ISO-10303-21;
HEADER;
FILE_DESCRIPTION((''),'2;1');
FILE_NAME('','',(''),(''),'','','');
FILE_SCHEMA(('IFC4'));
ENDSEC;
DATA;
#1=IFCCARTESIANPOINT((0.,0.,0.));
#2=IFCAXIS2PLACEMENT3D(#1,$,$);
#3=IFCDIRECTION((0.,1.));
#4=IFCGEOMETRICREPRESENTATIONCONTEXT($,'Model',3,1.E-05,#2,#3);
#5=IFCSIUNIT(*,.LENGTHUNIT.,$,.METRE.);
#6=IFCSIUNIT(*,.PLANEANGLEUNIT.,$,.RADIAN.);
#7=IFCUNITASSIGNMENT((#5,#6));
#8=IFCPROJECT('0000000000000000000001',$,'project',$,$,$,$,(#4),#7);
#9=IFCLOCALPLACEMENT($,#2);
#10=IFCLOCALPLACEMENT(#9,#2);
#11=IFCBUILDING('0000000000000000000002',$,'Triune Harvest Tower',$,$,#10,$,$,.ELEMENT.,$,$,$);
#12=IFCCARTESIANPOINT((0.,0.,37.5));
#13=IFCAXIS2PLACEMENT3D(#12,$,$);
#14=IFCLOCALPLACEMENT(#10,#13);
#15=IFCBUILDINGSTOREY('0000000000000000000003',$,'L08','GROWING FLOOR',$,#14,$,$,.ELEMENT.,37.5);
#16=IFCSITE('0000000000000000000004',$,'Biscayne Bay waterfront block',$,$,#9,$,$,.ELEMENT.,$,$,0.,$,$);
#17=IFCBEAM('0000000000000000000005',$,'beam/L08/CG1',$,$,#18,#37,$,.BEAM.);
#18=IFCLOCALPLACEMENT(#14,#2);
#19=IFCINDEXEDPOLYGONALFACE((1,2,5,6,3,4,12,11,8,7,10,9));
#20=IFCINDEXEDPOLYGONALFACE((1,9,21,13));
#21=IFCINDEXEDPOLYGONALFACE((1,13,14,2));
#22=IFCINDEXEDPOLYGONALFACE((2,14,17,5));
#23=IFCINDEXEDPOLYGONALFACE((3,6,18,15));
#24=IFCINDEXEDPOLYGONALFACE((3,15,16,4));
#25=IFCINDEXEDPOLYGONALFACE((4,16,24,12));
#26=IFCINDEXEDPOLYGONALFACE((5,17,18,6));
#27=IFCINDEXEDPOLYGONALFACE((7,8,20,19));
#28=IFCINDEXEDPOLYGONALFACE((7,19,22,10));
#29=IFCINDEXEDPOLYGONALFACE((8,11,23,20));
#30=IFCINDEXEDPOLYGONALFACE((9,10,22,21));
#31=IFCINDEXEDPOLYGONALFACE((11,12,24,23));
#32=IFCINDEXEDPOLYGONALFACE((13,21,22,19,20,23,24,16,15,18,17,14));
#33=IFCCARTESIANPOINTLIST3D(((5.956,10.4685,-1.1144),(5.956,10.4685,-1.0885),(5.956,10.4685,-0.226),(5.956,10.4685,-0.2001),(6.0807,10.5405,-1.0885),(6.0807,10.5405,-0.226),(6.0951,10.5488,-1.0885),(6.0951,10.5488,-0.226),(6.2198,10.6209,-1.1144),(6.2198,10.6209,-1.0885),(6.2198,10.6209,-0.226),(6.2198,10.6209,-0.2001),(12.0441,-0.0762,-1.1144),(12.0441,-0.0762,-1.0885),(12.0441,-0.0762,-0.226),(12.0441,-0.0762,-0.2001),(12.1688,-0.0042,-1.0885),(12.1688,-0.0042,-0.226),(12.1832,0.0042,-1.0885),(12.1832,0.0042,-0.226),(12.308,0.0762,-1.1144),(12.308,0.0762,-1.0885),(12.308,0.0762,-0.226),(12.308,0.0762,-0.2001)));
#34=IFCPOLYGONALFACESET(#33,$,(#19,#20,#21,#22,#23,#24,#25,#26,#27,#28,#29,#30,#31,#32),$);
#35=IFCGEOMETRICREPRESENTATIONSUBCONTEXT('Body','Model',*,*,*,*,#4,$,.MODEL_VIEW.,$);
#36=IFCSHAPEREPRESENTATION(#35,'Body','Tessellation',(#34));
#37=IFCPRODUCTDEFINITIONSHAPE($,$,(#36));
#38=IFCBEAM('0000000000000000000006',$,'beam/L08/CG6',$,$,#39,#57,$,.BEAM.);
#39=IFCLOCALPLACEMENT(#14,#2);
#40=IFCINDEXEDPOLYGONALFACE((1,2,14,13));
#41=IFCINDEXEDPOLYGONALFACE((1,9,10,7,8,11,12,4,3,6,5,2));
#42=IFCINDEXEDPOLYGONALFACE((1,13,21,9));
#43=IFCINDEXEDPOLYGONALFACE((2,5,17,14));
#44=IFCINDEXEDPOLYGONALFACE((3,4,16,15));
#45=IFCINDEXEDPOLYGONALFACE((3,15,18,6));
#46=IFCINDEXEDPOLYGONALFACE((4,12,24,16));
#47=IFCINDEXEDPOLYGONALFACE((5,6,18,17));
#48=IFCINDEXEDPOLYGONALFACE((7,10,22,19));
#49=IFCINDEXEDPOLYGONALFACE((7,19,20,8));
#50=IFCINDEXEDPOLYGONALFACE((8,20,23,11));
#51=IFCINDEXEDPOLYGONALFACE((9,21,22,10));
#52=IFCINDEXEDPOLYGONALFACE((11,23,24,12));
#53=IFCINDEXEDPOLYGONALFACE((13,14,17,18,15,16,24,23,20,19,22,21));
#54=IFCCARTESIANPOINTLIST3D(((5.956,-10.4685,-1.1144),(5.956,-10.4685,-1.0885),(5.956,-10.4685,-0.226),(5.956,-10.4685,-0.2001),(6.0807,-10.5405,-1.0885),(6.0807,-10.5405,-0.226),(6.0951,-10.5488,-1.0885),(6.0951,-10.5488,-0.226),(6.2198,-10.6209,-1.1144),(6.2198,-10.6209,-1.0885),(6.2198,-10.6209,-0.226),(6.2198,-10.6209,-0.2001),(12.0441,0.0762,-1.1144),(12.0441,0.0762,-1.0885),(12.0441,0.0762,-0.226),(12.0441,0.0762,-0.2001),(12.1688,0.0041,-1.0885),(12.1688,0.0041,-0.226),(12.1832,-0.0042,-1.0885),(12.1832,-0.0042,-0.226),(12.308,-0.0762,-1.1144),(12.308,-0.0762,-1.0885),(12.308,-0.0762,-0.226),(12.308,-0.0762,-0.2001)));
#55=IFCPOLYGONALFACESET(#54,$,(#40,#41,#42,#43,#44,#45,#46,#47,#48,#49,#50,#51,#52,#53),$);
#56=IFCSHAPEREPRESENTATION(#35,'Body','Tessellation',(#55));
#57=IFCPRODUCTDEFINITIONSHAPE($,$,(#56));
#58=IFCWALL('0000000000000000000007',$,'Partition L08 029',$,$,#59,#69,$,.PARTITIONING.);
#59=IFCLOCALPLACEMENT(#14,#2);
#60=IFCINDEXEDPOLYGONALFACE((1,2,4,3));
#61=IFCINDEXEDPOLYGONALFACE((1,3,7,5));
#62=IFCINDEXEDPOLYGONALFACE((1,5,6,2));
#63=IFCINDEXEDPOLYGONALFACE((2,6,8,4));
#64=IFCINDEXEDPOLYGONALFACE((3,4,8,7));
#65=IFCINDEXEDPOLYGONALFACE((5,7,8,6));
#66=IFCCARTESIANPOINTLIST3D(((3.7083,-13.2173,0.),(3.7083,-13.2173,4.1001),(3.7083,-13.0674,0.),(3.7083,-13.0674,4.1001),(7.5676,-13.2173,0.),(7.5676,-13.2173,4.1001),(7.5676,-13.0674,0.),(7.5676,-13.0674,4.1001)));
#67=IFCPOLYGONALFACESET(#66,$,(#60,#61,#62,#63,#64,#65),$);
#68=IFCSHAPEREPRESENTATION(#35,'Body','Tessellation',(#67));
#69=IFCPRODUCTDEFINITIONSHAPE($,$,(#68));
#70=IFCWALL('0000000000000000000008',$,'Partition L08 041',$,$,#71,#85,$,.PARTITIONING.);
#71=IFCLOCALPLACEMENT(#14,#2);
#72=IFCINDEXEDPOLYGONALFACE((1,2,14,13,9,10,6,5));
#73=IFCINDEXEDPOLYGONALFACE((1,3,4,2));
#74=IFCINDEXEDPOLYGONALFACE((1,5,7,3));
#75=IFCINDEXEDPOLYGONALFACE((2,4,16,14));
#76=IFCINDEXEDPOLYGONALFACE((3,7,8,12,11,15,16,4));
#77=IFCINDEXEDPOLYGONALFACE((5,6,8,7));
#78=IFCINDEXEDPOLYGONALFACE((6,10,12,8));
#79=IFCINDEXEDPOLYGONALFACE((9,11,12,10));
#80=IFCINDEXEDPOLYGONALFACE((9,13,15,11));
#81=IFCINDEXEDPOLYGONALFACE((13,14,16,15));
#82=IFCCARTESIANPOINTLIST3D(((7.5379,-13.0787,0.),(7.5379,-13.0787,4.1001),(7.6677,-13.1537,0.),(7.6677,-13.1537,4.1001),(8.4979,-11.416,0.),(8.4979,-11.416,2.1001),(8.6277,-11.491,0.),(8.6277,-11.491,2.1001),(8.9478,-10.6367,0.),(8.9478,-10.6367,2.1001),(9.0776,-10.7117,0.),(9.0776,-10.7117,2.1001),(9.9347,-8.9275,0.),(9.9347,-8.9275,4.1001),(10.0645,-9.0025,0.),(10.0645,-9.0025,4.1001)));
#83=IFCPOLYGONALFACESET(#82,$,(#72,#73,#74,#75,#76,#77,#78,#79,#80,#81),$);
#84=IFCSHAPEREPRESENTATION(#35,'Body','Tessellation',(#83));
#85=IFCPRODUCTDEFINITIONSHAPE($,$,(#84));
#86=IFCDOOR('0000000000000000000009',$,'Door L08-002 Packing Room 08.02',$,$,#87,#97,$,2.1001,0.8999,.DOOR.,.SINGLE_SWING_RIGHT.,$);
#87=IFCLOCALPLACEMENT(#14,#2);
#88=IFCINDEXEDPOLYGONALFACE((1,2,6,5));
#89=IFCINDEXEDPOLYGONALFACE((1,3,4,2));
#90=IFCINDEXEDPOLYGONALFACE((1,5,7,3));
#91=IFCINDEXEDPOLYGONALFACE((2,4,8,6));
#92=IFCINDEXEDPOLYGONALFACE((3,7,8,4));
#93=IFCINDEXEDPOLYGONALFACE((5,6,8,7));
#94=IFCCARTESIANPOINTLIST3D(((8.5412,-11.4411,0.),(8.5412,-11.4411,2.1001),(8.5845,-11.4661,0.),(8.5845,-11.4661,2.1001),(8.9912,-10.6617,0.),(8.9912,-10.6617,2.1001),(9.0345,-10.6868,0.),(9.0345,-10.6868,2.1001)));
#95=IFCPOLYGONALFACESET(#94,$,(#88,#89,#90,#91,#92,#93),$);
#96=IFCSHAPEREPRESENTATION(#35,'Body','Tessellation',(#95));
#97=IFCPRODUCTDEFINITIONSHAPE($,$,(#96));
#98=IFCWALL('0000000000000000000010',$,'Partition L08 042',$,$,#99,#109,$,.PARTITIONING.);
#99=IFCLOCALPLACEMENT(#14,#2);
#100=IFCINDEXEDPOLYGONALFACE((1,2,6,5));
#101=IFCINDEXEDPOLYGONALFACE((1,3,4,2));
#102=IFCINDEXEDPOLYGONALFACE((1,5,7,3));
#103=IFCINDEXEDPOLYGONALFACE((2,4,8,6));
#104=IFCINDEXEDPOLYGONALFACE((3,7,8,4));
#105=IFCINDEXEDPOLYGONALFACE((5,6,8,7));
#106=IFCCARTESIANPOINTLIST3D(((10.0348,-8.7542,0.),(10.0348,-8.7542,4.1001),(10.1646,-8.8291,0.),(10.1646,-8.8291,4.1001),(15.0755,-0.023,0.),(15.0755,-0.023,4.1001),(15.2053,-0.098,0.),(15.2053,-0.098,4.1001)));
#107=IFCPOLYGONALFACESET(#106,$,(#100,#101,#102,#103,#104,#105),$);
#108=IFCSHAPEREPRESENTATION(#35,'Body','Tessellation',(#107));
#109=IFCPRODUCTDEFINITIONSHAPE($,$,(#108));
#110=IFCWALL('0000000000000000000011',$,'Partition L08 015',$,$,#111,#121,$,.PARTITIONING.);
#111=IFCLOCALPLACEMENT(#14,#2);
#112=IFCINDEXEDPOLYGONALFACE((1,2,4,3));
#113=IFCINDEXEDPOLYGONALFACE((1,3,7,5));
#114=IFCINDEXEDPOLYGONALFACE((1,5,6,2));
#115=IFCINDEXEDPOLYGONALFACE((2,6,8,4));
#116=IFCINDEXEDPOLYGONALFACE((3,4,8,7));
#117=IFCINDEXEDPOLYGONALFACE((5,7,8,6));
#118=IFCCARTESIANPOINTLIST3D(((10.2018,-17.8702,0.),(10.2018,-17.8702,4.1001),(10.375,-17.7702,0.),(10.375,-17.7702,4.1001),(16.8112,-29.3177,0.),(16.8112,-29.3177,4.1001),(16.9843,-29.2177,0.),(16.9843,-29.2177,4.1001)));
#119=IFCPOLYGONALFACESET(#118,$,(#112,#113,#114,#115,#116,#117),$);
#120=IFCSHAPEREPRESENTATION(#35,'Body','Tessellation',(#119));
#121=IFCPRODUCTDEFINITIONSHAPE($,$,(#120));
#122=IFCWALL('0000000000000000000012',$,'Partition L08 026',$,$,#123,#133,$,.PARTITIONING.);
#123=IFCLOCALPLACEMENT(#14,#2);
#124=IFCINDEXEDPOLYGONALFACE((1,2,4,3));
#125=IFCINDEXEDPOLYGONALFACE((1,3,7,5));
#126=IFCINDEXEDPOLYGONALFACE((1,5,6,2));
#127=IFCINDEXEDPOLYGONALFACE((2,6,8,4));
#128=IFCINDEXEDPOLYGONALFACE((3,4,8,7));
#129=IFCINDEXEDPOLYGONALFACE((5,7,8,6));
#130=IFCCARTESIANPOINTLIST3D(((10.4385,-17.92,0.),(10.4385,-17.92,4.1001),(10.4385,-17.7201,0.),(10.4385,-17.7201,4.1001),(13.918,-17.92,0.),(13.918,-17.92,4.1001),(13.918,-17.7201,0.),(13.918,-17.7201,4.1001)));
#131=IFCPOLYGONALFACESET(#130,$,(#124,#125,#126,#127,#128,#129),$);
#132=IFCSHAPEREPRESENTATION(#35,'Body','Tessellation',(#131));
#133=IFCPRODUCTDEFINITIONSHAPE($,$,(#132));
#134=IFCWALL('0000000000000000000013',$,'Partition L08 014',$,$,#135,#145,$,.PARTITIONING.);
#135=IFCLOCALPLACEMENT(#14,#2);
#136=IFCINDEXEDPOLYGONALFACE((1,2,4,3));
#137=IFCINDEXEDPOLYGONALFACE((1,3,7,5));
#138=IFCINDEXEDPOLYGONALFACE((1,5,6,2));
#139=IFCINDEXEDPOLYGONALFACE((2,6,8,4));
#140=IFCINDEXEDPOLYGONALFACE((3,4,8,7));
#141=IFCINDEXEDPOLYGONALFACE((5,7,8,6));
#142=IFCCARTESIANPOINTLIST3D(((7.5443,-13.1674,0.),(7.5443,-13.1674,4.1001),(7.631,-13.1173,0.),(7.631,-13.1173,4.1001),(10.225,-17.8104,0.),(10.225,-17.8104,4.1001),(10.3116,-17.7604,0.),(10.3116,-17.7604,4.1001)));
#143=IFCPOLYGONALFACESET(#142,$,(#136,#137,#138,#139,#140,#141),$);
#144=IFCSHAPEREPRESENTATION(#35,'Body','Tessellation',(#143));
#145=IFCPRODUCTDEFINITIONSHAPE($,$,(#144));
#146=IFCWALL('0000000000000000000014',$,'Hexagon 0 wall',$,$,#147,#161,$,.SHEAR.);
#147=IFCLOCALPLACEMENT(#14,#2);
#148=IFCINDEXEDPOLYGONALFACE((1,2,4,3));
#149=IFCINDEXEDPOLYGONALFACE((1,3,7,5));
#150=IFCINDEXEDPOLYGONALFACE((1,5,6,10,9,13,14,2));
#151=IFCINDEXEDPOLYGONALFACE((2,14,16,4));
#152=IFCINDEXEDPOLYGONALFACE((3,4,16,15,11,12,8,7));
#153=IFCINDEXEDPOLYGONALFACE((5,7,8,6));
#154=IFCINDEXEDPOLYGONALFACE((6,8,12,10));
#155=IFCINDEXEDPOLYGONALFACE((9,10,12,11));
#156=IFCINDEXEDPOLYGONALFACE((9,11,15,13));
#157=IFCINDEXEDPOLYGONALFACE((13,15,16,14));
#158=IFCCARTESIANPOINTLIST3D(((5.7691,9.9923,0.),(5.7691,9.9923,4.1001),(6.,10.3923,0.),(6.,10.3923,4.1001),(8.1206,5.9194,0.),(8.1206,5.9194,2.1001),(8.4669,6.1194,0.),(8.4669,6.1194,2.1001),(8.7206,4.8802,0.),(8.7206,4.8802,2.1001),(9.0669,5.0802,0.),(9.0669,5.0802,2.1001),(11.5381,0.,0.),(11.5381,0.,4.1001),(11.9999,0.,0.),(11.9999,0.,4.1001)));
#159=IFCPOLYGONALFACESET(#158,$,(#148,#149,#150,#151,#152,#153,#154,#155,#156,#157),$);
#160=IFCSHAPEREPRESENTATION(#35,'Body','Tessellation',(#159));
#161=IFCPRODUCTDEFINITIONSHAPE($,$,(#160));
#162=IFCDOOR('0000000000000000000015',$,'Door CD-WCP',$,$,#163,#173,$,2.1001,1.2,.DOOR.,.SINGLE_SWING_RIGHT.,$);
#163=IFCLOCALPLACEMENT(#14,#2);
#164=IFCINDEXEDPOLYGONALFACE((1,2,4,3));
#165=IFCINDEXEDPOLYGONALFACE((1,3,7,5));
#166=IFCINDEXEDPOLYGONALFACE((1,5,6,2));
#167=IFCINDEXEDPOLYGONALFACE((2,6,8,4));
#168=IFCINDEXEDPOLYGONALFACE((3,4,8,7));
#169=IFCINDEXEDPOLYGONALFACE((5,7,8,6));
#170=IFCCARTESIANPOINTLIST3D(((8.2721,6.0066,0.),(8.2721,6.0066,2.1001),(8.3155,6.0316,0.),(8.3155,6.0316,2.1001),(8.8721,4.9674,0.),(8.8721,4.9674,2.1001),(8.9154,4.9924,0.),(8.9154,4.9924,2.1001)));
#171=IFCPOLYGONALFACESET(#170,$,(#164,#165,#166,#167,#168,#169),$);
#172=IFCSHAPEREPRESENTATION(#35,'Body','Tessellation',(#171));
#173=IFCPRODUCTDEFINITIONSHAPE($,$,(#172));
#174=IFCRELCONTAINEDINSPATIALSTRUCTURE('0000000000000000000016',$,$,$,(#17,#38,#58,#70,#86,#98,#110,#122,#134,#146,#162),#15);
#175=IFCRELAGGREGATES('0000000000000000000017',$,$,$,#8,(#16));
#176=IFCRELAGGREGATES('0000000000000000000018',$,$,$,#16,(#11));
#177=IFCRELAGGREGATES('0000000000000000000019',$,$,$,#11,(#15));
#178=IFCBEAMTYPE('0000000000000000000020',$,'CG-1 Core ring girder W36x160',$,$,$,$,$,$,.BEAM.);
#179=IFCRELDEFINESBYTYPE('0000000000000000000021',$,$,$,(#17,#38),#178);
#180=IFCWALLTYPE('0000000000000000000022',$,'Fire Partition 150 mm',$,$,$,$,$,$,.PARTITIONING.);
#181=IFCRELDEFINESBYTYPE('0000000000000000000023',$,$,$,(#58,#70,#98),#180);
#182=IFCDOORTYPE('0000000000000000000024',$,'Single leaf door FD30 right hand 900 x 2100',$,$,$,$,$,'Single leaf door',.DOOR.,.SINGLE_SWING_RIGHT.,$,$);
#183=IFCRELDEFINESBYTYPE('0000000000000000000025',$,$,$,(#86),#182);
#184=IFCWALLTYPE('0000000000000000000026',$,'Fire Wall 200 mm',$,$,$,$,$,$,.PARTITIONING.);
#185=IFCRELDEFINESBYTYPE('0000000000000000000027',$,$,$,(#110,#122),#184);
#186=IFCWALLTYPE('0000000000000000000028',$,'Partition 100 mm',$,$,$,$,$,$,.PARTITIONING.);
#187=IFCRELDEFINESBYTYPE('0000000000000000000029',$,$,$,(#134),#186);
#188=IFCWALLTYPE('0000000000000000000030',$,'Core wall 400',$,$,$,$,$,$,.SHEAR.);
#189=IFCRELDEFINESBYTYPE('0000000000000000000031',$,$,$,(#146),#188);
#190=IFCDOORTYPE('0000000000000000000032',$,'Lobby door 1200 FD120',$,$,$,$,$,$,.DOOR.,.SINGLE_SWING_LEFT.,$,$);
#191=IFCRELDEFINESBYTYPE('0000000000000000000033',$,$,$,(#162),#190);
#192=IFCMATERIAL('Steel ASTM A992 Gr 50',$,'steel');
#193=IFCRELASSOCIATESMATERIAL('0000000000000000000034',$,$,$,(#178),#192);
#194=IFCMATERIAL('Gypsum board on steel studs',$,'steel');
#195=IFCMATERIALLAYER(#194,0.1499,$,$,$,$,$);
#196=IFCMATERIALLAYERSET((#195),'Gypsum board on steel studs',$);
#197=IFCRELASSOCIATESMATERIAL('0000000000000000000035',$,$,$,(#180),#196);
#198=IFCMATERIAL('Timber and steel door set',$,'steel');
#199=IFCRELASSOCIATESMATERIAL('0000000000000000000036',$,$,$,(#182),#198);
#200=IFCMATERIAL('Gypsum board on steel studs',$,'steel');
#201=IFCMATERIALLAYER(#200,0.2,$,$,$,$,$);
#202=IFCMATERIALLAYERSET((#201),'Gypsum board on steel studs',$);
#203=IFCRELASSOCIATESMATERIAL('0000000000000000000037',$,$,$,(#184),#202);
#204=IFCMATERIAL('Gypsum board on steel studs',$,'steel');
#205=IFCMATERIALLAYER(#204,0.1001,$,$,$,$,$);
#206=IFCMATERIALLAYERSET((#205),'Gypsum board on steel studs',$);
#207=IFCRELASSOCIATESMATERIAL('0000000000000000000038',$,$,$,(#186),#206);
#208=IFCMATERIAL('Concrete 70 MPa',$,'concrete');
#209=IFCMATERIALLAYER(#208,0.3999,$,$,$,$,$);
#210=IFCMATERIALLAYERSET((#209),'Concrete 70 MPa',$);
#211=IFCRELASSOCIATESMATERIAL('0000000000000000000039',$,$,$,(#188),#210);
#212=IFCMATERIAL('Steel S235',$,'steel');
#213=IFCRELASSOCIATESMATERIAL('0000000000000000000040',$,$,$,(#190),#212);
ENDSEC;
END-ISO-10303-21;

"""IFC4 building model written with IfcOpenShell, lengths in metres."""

from ifc_helpers import new_model, si_unit, direction, frame, frame_2d, origin, origin_2d, place, context, subcontext, project, spatial, polyline, rectangle, i_section, outline, extrude, source, transform, mapped, material, layer, layer_set, material_profile, profile_set, type_object, element, fill, save


model = new_model("IFC4")

# Units and contexts
model_context = context("Model", 3, precision=1e-05, world=origin(), true_north=direction((0.0, 1.0)))
body_context = subcontext(model_context, "Body", "Model", "MODEL_VIEW")
ifc_project = project(units=[si_unit("LENGTHUNIT", "METRE"), si_unit("PLANEANGLEUNIT", "RADIAN")], contexts=[model_context])

# Site, building, storey
site_placement = place(None, origin())
site = spatial("IfcSite", under=ifc_project, at=site_placement, Name="Biscayne Bay waterfront block", CompositionType="ELEMENT", RefElevation=0.0)
building_placement = place(site_placement, origin())
building = spatial("IfcBuilding", under=site, at=building_placement, Name="Triune Harvest Tower", CompositionType="ELEMENT")
storey_placement = place(building_placement, frame((0.0, 0.0, 37.5)))
storey = spatial("IfcBuildingStorey", under=building, at=storey_placement, Name="L08", Description="GROWING FLOOR", CompositionType="ELEMENT", Elevation=37.5)

# Beams
ifc_material_1 = material(Name="Steel ASTM A992 Gr 50", Category="steel")
ifc_material_profile = material_profile(ifc_material_1, i_section(OverallWidth=0.3047, OverallDepth=0.9143, WebThickness=0.0166, FlangeThickness=0.0259, at=origin_2d()), Name="W36x160")
ifc_profile_set = profile_set([ifc_material_profile], Name="Steel ASTM A992 Gr 50")
beam_type = type_object("IfcBeamType", Name="CG-1 Core ring girder W36x160", PredefinedType="BEAM", material=ifc_profile_set)
shared_shape_1 = source(origin(), body_context, "Body", "SweptSolid", [
    extrude(i_section(OverallWidth=0.3047, OverallDepth=0.9143, WebThickness=0.0166, FlangeThickness=0.0259, at=origin_2d()), origin(), (0.0, 0.0, 1.0), 12.176),
])
for number, where, z_axis, x_axis, name in (
    (1, (12.176, 0.0, -0.6572), (-0.50001, 0.86602, 0.0), (-0.86602, -0.50001, 0.0), "beam/L08/CG1"),
    (2, (6.0879, -10.5447, -0.6572), (0.50001, 0.86602, 0.0), (-0.86602, 0.50001, 0.0), "beam/L08/CG6"),
):
    element("IfcBeam", number, at=place(storey_placement, frame(where, z_axis=z_axis, x_axis=x_axis)), inside=storey, type_object=beam_type, Name=name, PredefinedType="BEAM", context=body_context, shape_type="MappedRepresentation", body=[
        mapped(shared_shape_1, transform((0.0, 0.0, 0.0), scale=1.0)),
    ])

# Wall
ifc_material_2 = material(Name="Gypsum board on steel studs", Category="steel")
ifc_layer_1 = layer(ifc_material_2, 0.1499)
ifc_layer_set_1 = layer_set([ifc_layer_1], Name="Gypsum board on steel studs")
wall_type_1 = type_object("IfcWallType", Name="Fire Partition 150 mm", PredefinedType="PARTITIONING", material=ifc_layer_set_1)
wall_1_placement = place(storey_placement, frame((3.7083, -13.1423, 0.0), z_axis=(0.0, 0.0, 1.0), x_axis=(1.0, 0.0, 0.0)))
element("IfcWall", 3, at=wall_1_placement, inside=storey, type_object=wall_type_1, Name="Partition L08 029", PredefinedType="PARTITIONING", context=body_context, shape_type="SweptSolid", body=[
    extrude(rectangle(XDim=3.8594, YDim=0.1499, at=frame_2d((1.9297, 0.0))), origin(), (0.0, 0.0, 1.0), 4.1001),
])

# Wall, opening, door
wall_2_placement = place(storey_placement, frame((7.6028, -13.1162, 0.0), z_axis=(0.0, 0.0, 1.0), x_axis=(0.500012, 0.866018, 0.0)))
wall_2 = element("IfcWall", 4, at=wall_2_placement, inside=storey, type_object=wall_type_1, Name="Partition L08 041", PredefinedType="PARTITIONING", context=body_context, shape_type="SweptSolid", body=[
    extrude(rectangle(XDim=4.7935, YDim=0.1499, at=frame_2d((2.3967, 0.0))), origin(), (0.0, 0.0, 1.0), 4.1001),
])
opening_1_placement = place(wall_2_placement, frame((1.9199, 0.0, 0.0)))
opening_1 = element("IfcOpeningElement", 5, at=opening_1_placement, cuts=wall_2, PredefinedType="OPENING", context=body_context, shape_type="SweptSolid", body=[
    extrude(rectangle(XDim=0.8999, YDim=2.1001, at=frame_2d((0.45, 1.05))), frame((0.0, 0.085, 0.0), z_axis=(0.0, -1.0, 0.0), x_axis=(1.0, 0.0, 0.0)), (0.0, 0.0, 1.0), 0.1699),
])
ifc_material_3 = material(Name="Timber and steel door set", Category="steel")
door_type_1 = type_object("IfcDoorType", Name="Single leaf door FD30 right hand 900 x 2100", ElementType="Single leaf door", OperationType="SINGLE_SWING_RIGHT", PredefinedType="DOOR", material=ifc_material_3)
door_1_placement = place(opening_1_placement, origin())
door_1 = element("IfcDoor", 6, at=door_1_placement, inside=storey, type_object=door_type_1, Name="Door L08-002 Packing Room 08.02", OperationType="SINGLE_SWING_RIGHT", OverallHeight=2.1001, OverallWidth=0.8999, PredefinedType="DOOR", context=body_context, shape_type="SweptSolid", body=[
    extrude(rectangle(XDim=0.8999, YDim=2.1001, at=frame_2d((0.45, 1.05))), frame((0.0, 0.0249, 0.0), z_axis=(0.0, -1.0, 0.0), x_axis=(1.0, 0.0, 0.0)), (0.0, 0.0, 1.0), 0.05),
])
fill(opening_1, door_1)

# Walls
wall_3_placement = place(storey_placement, frame((10.0996, -8.7917, 0.0), z_axis=(0.0, 0.0, 1.0), x_axis=(0.499986, 0.866034, 0.0)))
element("IfcWall", 7, at=wall_3_placement, inside=storey, type_object=wall_type_1, Name="Partition L08 042", PredefinedType="PARTITIONING", context=body_context, shape_type="SweptSolid", body=[
    extrude(rectangle(XDim=10.0818, YDim=0.1499, at=frame_2d((5.041, 0.0))), origin(), (0.0, 0.0, 1.0), 4.1001),
])
ifc_material_4 = material(Name="Gypsum board on steel studs", Category="steel")
ifc_layer_2 = layer(ifc_material_4, 0.2)
ifc_layer_set_2 = layer_set([ifc_layer_2], Name="Gypsum board on steel studs")
wall_type_2 = type_object("IfcWallType", Name="Fire Wall 200 mm", PredefinedType="PARTITIONING", material=ifc_layer_set_2)
wall_4_placement = place(storey_placement, frame((10.2883, -17.8201, 0.0), z_axis=(0.0, 0.0, 1.0), x_axis=(0.500009, -0.86602, 0.0)))
element("IfcWall", 8, at=wall_4_placement, inside=storey, type_object=wall_type_2, Name="Partition L08 015", PredefinedType="PARTITIONING", context=body_context, shape_type="SweptSolid", body=[
    extrude(rectangle(XDim=13.2185, YDim=0.2, at=frame_2d((6.6094, 0.0))), origin(), (0.0, 0.0, 1.0), 4.1001),
])
wall_5_placement = place(storey_placement, frame((10.4385, -17.8201, 0.0), z_axis=(0.0, 0.0, 1.0), x_axis=(1.0, 0.0, 0.0)))
element("IfcWall", 9, at=wall_5_placement, inside=storey, type_object=wall_type_2, Name="Partition L08 026", PredefinedType="PARTITIONING", context=body_context, shape_type="SweptSolid", body=[
    extrude(rectangle(XDim=3.4795, YDim=0.2, at=frame_2d((1.7397, 0.0))), origin(), (0.0, 0.0, 1.0), 4.1001),
])
ifc_material_5 = material(Name="Gypsum board on steel studs", Category="steel")
ifc_layer_3 = layer(ifc_material_5, 0.1001)
ifc_layer_set_3 = layer_set([ifc_layer_3], Name="Gypsum board on steel studs")
wall_type_3 = type_object("IfcWallType", Name="Partition 100 mm", PredefinedType="PARTITIONING", material=ifc_layer_set_3)
wall_6_placement = place(storey_placement, frame((7.5876, -13.1423, 0.0), z_axis=(0.0, 0.0, 1.0), x_axis=(0.499998, -0.866026, 0.0)))
element("IfcWall", 10, at=wall_6_placement, inside=storey, type_object=wall_type_3, Name="Partition L08 014", PredefinedType="PARTITIONING", context=body_context, shape_type="SweptSolid", body=[
    extrude(rectangle(XDim=5.3613, YDim=0.1001, at=frame_2d((2.6807, 0.0))), origin(), (0.0, 0.0, 1.0), 4.1001),
])

# Wall, opening, door
ifc_material_6 = material(Name="Concrete 70 MPa", Category="concrete")
ifc_layer_4 = layer(ifc_material_6, 0.3999)
ifc_layer_set_4 = layer_set([ifc_layer_4], Name="Concrete 70 MPa")
wall_type_4 = type_object("IfcWallType", Name="Core wall 400", PredefinedType="SHEAR", material=ifc_layer_set_4)
shared_shape_2 = source(origin(), body_context, "Body", "SweptSolid", [
    extrude(outline(polyline([(-0.1155, -0.2), (11.8845, -0.2), (11.6536, 0.2), (0.1155, 0.2), (-0.1155, -0.2)])), origin(), (0.0, 0.0, 1.0), 4.1001),
])
wall_7_placement = place(storey_placement, frame((11.769, 0.0, 0.0), z_axis=(0.0, 0.0, 1.0), x_axis=(-0.499997, 0.866027, 0.0)))
wall_7 = element("IfcWall", 11, at=wall_7_placement, inside=storey, type_object=wall_type_4, Name="Hexagon 0 wall", PredefinedType="SHEAR", context=body_context, shape_type="MappedRepresentation", body=[
    mapped(shared_shape_2, transform((0.0, 0.0, 0.0), scale=1.0)),
])
opening_2_placement = place(wall_7_placement, frame((5.7505, 0.0, 0.0)))
opening_2 = element("IfcOpeningElement", 12, at=opening_2_placement, cuts=wall_7, PredefinedType="OPENING", context=body_context, shape_type="SweptSolid", body=[
    extrude(rectangle(XDim=1.2, YDim=2.1001, at=frame_2d((0.6001, 1.05))), frame((0.0, 0.21, 0.0), z_axis=(0.0, -1.0, 0.0), x_axis=(1.0, 0.0, 0.0)), (0.0, 0.0, 1.0), 0.4199),
])
ifc_material_7 = material(Name="Steel S235", Category="steel")
door_type_2 = type_object("IfcDoorType", Name="Lobby door 1200 FD120", OperationType="SINGLE_SWING_LEFT", PredefinedType="DOOR", material=ifc_material_7)
door_2_placement = place(opening_2_placement, frame((1.2, 0.0, 0.0), z_axis=(0.0, 0.0, 1.0), x_axis=(-1.0, 0.0, 0.0)))
door_2 = element("IfcDoor", 13, at=door_2_placement, inside=storey, type_object=door_type_2, Name="Door CD-WCP", OperationType="SINGLE_SWING_RIGHT", OverallHeight=2.1001, OverallWidth=1.2, PredefinedType="DOOR", context=body_context, shape_type="SweptSolid", body=[
    extrude(rectangle(XDim=1.2, YDim=2.1001, at=frame_2d((0.6001, 1.05))), frame((0.0, 0.0249, 0.0), z_axis=(0.0, -1.0, 0.0), x_axis=(1.0, 0.0, 0.0)), (0.0, 0.0, 1.0), 0.05),
])
fill(opening_2, door_2)

save(model, "model.ifc")
